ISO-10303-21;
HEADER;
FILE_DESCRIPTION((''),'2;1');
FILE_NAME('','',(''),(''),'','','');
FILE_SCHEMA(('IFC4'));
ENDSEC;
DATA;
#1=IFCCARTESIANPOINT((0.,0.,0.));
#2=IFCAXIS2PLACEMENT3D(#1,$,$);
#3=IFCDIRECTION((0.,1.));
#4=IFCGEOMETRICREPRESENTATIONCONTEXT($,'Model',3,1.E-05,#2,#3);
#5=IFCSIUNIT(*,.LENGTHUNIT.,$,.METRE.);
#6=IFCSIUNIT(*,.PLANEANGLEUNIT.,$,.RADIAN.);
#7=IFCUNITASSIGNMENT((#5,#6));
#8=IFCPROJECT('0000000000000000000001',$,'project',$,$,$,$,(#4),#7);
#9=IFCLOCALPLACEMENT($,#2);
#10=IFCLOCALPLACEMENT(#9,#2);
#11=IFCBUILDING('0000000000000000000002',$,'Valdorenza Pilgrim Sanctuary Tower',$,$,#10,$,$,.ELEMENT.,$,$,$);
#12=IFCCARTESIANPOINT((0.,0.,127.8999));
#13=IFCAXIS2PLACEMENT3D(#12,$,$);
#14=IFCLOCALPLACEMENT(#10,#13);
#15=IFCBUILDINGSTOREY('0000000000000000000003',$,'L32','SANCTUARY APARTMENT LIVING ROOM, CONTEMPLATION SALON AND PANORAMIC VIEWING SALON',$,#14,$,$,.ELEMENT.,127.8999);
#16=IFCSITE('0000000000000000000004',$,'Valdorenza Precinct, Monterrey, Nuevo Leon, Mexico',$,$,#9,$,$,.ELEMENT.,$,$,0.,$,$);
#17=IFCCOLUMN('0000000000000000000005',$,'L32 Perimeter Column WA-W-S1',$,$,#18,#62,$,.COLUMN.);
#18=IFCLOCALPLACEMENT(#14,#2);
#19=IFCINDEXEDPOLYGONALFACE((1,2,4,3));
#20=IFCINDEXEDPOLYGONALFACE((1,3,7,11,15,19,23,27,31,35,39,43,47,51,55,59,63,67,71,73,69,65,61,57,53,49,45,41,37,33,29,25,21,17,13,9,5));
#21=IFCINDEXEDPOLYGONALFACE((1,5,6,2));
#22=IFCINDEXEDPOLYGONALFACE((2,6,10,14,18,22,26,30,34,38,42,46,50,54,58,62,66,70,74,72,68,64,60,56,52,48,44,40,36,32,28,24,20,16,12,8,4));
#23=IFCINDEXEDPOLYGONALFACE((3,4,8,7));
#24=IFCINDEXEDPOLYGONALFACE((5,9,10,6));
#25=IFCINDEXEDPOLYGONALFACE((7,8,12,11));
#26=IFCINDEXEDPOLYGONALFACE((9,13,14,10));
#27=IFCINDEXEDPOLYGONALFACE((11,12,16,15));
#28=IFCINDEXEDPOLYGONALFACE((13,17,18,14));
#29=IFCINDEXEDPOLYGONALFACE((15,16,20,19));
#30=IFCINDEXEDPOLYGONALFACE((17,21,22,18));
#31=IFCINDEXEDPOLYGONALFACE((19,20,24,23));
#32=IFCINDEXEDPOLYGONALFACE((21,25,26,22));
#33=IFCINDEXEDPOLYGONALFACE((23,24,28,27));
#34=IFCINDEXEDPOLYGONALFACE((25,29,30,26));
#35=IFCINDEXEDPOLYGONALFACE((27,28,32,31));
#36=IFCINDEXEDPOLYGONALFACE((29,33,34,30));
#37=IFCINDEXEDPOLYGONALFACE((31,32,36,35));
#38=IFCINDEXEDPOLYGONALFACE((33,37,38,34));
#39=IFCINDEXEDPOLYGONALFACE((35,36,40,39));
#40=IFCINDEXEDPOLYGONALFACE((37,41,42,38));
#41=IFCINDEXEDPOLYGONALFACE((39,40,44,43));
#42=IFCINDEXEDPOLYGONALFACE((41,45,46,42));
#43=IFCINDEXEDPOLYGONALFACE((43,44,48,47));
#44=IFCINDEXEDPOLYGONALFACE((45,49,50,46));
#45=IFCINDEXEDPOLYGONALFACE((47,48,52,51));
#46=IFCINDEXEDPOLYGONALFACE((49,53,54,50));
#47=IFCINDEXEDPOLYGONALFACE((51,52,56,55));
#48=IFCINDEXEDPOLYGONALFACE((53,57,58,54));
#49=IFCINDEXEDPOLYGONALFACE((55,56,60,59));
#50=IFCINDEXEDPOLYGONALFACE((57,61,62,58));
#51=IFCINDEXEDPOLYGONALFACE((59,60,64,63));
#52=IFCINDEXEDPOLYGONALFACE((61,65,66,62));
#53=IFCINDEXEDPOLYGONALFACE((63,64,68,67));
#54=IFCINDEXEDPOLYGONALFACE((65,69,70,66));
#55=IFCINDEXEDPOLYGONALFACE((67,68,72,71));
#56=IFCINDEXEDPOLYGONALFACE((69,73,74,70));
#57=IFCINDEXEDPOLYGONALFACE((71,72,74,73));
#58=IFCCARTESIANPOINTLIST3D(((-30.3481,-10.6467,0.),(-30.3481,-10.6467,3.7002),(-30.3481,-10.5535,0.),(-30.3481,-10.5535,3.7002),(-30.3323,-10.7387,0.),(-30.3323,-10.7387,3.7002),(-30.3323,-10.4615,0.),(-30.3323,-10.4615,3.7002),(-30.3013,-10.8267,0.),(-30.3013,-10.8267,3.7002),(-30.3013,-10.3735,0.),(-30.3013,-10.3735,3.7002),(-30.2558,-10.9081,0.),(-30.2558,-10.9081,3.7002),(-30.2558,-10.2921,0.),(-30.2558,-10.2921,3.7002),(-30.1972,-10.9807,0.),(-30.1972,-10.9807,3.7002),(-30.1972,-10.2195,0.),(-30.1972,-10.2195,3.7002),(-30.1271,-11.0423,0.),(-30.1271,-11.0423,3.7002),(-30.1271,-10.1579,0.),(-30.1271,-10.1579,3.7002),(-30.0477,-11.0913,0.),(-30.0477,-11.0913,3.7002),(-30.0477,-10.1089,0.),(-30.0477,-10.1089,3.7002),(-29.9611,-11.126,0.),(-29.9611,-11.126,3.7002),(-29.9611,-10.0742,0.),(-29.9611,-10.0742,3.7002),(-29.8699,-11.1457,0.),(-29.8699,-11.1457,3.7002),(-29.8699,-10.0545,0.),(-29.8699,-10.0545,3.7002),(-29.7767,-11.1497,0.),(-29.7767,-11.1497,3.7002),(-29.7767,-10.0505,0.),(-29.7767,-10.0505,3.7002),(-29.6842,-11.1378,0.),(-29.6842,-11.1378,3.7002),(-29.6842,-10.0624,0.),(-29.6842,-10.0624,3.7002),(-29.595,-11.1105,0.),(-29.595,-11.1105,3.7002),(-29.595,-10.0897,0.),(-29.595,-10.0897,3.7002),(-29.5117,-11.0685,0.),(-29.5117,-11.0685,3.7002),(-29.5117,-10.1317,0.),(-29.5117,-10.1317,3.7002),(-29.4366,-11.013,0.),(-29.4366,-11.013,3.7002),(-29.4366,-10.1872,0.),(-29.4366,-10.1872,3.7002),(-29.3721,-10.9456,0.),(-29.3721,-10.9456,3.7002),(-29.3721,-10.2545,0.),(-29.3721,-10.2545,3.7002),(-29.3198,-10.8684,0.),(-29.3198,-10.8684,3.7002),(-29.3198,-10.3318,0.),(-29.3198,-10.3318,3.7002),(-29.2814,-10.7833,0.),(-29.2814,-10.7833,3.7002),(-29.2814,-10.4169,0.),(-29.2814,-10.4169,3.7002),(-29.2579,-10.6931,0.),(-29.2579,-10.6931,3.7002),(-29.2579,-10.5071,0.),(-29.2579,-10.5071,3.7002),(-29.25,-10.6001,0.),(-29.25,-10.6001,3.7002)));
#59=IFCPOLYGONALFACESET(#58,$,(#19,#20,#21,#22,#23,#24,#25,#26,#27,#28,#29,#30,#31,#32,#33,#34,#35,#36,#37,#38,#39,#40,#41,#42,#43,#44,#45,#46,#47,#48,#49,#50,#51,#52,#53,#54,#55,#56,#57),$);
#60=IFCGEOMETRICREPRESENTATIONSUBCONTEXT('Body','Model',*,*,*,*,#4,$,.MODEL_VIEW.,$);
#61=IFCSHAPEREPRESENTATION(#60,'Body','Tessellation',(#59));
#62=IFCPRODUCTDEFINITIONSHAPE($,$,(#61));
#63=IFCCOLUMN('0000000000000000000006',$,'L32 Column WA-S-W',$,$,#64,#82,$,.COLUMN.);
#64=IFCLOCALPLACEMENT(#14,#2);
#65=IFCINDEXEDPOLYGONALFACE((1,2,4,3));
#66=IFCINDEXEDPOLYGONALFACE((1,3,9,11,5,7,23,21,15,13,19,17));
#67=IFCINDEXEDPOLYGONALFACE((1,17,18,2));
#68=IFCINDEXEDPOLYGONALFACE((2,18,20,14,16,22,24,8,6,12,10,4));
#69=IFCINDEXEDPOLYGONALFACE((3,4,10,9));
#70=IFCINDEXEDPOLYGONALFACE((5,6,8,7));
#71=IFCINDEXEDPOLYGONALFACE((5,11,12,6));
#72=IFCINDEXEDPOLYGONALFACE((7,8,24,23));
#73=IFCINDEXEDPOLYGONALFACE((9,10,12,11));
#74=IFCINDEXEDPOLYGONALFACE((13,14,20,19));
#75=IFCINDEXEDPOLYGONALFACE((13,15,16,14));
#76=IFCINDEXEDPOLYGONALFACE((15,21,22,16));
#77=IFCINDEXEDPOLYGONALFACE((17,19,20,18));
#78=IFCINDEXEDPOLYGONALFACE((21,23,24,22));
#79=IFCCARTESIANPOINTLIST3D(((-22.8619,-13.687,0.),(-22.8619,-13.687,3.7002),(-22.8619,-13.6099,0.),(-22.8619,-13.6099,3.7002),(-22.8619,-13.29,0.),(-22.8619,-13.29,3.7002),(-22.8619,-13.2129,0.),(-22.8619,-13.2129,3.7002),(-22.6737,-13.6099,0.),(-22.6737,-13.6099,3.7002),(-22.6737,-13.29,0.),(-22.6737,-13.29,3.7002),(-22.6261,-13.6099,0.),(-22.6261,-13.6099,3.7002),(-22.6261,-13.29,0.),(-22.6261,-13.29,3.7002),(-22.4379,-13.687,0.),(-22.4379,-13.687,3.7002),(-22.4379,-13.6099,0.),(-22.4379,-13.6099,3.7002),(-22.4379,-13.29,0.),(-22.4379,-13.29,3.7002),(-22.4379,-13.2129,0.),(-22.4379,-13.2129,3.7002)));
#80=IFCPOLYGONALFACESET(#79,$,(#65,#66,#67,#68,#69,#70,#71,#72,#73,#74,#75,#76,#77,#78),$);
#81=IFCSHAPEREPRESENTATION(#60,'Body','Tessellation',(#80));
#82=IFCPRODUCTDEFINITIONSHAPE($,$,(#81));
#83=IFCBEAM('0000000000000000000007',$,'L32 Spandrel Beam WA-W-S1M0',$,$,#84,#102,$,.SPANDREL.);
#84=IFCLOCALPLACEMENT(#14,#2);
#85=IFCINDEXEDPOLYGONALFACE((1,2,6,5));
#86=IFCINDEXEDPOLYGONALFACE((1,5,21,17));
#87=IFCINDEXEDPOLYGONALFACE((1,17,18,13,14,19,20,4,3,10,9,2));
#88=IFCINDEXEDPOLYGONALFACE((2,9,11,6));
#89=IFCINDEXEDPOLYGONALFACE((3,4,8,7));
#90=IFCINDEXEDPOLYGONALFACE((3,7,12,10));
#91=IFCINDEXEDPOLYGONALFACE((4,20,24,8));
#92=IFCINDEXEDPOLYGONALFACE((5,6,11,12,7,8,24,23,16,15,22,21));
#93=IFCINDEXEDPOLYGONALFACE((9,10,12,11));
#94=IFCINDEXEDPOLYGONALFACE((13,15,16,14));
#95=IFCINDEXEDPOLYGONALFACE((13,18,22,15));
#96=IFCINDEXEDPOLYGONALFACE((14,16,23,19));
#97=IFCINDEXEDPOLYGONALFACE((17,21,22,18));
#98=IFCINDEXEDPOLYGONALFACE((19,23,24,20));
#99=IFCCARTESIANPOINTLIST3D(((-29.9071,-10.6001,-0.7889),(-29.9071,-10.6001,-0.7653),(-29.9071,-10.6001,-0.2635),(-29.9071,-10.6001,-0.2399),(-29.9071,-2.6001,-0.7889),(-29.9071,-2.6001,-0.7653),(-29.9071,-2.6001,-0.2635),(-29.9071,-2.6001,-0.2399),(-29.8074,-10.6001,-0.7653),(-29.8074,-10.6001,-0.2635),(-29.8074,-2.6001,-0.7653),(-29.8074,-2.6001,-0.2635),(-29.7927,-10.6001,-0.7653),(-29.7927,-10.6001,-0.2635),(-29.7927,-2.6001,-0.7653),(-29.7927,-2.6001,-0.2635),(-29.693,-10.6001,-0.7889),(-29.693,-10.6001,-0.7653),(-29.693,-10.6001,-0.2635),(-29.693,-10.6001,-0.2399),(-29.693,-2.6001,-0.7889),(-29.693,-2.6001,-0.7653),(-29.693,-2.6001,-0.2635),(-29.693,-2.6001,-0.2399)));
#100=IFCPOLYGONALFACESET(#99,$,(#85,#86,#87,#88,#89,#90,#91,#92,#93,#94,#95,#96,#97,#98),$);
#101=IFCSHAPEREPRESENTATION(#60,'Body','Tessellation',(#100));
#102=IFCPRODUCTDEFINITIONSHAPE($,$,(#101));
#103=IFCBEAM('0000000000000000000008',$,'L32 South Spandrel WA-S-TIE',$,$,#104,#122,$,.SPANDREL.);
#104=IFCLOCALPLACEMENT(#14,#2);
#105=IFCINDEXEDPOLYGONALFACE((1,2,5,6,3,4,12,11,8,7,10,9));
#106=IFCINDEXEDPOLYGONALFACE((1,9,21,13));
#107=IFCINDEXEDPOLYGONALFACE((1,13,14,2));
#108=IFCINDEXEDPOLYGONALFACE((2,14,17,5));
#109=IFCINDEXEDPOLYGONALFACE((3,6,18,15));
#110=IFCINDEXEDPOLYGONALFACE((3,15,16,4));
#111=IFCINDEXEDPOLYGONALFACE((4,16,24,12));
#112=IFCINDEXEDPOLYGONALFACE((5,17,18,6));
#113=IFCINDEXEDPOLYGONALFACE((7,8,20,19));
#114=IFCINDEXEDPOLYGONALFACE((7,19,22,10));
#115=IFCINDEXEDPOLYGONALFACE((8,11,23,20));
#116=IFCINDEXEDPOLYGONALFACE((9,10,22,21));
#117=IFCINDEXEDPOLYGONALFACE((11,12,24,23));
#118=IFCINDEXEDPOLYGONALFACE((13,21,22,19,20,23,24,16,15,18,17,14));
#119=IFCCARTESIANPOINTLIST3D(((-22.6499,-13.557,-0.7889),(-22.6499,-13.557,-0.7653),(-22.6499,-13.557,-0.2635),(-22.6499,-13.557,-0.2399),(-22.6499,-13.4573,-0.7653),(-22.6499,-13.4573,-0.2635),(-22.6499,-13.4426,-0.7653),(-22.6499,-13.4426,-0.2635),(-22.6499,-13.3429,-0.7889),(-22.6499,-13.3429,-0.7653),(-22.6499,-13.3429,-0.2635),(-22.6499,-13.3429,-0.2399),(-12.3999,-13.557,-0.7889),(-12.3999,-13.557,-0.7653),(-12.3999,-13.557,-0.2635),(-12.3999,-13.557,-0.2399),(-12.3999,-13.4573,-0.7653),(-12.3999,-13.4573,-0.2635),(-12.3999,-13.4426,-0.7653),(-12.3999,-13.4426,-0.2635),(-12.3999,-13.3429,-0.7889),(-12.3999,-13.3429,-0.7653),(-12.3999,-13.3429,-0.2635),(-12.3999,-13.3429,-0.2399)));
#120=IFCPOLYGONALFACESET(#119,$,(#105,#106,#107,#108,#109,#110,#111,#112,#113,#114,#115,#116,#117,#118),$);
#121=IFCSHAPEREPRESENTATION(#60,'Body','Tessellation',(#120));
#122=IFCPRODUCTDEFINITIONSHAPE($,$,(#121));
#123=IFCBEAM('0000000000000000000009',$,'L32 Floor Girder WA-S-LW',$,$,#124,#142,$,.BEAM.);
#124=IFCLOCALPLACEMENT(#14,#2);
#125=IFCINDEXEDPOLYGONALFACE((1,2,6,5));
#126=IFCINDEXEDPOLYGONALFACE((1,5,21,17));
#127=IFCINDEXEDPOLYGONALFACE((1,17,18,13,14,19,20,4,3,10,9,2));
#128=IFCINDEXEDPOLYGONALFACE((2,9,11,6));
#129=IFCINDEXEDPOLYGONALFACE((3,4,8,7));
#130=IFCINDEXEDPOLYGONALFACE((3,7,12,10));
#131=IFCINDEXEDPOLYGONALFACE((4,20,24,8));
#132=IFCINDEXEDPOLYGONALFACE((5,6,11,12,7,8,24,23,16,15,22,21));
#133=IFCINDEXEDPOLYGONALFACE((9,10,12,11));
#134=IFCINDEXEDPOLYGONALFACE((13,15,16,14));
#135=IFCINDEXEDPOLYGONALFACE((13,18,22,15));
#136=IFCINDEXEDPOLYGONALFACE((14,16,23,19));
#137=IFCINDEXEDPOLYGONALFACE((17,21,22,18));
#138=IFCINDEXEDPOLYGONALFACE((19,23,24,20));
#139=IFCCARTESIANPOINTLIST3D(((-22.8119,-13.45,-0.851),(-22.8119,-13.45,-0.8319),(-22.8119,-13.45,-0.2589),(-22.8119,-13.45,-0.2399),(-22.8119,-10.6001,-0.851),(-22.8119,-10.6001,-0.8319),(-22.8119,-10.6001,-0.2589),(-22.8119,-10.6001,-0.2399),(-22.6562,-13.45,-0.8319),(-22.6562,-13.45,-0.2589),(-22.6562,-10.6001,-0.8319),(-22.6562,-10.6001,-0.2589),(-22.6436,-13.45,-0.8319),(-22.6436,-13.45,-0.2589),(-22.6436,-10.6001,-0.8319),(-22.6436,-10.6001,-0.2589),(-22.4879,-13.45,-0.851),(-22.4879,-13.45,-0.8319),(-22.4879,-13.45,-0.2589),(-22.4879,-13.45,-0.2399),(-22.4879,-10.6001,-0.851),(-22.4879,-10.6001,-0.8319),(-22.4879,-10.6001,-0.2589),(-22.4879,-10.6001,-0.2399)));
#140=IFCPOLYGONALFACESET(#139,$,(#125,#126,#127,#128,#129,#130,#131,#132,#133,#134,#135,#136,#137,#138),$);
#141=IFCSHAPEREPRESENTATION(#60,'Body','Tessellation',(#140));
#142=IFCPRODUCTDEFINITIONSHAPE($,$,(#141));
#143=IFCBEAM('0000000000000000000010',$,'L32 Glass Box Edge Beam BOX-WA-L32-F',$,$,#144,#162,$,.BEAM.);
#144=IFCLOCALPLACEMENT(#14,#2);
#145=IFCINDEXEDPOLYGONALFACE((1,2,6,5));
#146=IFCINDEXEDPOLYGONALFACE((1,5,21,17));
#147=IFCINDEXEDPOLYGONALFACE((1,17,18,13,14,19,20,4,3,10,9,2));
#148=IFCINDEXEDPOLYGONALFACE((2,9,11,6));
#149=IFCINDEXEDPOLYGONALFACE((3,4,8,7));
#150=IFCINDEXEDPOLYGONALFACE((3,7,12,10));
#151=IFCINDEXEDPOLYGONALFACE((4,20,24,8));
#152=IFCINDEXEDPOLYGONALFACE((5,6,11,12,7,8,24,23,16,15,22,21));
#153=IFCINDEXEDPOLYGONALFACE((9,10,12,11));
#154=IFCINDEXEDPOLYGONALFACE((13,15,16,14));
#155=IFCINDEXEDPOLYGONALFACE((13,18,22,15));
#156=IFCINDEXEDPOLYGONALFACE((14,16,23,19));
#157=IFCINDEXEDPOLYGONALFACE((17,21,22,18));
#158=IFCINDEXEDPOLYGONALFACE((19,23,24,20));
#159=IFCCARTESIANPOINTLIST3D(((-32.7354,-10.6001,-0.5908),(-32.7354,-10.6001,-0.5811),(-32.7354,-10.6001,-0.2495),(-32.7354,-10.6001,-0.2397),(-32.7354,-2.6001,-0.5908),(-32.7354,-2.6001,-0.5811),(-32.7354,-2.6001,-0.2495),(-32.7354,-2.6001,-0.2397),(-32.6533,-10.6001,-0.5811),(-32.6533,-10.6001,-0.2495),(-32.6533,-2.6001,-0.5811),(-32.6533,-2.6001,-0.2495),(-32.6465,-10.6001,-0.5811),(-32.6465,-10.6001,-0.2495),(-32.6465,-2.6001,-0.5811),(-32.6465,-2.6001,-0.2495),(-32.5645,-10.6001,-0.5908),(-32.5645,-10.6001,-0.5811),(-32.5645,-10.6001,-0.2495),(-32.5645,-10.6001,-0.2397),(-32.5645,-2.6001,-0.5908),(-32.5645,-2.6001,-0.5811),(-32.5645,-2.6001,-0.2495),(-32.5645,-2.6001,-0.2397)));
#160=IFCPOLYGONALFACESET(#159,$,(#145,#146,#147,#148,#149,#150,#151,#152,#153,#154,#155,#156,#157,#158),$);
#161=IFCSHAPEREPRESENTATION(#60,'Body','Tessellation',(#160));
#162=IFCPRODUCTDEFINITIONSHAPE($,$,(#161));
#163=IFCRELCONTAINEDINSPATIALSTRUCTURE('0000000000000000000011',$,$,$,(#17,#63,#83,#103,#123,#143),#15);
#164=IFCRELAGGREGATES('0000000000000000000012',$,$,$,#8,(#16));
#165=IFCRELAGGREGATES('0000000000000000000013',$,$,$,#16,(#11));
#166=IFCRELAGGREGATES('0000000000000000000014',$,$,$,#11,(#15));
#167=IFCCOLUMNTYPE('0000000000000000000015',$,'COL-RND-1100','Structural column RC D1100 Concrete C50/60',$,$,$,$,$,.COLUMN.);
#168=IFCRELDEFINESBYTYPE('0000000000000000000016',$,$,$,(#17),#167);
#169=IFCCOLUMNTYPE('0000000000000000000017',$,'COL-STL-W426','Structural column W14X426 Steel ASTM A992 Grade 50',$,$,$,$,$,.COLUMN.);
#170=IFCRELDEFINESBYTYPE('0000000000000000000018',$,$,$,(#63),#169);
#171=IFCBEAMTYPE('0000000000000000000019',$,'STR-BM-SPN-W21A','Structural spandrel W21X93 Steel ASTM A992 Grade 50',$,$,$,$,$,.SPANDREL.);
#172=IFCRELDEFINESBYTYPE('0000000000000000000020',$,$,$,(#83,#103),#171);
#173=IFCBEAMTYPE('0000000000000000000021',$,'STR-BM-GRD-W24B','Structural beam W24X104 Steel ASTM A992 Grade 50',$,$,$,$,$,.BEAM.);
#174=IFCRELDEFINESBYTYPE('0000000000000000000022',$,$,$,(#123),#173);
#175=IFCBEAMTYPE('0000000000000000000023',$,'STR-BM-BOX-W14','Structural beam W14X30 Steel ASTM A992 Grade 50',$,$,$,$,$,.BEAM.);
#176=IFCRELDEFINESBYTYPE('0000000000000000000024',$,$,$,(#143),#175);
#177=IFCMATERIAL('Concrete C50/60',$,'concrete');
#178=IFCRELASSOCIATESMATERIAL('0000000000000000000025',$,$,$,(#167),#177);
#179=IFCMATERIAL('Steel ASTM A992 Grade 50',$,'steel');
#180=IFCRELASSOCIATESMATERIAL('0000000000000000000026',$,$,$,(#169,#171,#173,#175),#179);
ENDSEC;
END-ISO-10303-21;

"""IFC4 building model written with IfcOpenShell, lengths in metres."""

from ifc_helpers import new_model, si_unit, direction, frame, origin, origin_2d, place, context, subcontext, project, spatial, circle, i_section, extrude, source, transform, mapped, material, material_profile, profile_set, type_object, element, save


model = new_model("IFC4")

# Units and contexts
model_context = context("Model", 3, precision=1e-05, world=origin(), true_north=direction((0.0, 1.0)))
body_context = subcontext(model_context, "Body", "Model", "MODEL_VIEW")
ifc_project = project(units=[si_unit("LENGTHUNIT", "METRE"), si_unit("PLANEANGLEUNIT", "RADIAN")], contexts=[model_context])

# Site, building, storey
site_placement = place(None, origin())
site = spatial("IfcSite", under=ifc_project, at=site_placement, Name="Valdorenza Precinct, Monterrey, Nuevo Leon, Mexico", CompositionType="ELEMENT", RefElevation=0.0)
building_placement = place(site_placement, origin())
building = spatial("IfcBuilding", under=site, at=building_placement, Name="Valdorenza Pilgrim Sanctuary Tower", CompositionType="ELEMENT")
storey_placement = place(building_placement, frame((0.0, 0.0, 127.8999)))
storey = spatial("IfcBuildingStorey", under=building, at=storey_placement, Name="L32", Description="SANCTUARY APARTMENT LIVING ROOM, CONTEMPLATION SALON AND PANORAMIC VIEWING SALON", CompositionType="ELEMENT", Elevation=127.8999)

# Columns
ifc_material_1 = material(Name="Concrete C50/60", Category="concrete")
ifc_material_profile_1 = material_profile(ifc_material_1, circle(Radius=0.55, at=origin_2d()), Name="RC D1100")
ifc_profile_set_1 = profile_set([ifc_material_profile_1], Name="Concrete C50/60")
column_type_1 = type_object("IfcColumnType", Name="COL-RND-1100", Description="Structural column RC D1100 Concrete C50/60", PredefinedType="COLUMN", material=ifc_profile_set_1)
shared_shape_1 = source(origin(), body_context, "Body", "SweptSolid", [
    extrude(circle(Radius=0.55, at=origin_2d()), origin(), (0.0, 0.0, 1.0), 3.7002),
])
column_1_placement = place(storey_placement, frame((-29.8, -10.6001, 0.0), z_axis=(0.0, 0.0, 1.0), x_axis=(1.0, 0.0, 0.0)))
element("IfcColumn", 1, at=column_1_placement, inside=storey, type_object=column_type_1, Name="L32 Perimeter Column WA-W-S1", PredefinedType="COLUMN", context=body_context, shape_type="MappedRepresentation", body=[
    mapped(shared_shape_1, transform((0.0, 0.0, 0.0), x_axis=(1.0, 0.0, 0.0), y_axis=(0.0, 1.0, 0.0), z_axis=(0.0, 0.0, 1.0), scale=1.0)),
])
ifc_material_2 = material(Name="Steel ASTM A992 Grade 50", Category="steel")
ifc_material_profile_2 = material_profile(ifc_material_2, i_section(OverallWidth=0.4241, OverallDepth=0.4741, WebThickness=0.0476, FlangeThickness=0.0771, at=origin_2d()), Name="W14X426")
ifc_profile_set_2 = profile_set([ifc_material_profile_2], Name="Steel ASTM A992 Grade 50")
column_type_2 = type_object("IfcColumnType", Name="COL-STL-W426", Description="Structural column W14X426 Steel ASTM A992 Grade 50", PredefinedType="COLUMN", material=ifc_profile_set_2)
shared_shape_2 = source(origin(), body_context, "Body", "SweptSolid", [
    extrude(i_section(OverallWidth=0.4241, OverallDepth=0.4741, WebThickness=0.0476, FlangeThickness=0.0771, at=origin_2d()), origin(), (0.0, 0.0, 1.0), 3.7002),
])
column_2_placement = place(storey_placement, frame((-22.6499, -13.45, 0.0), z_axis=(0.0, 0.0, 1.0), x_axis=(1.0, 0.0, 0.0)))
element("IfcColumn", 2, at=column_2_placement, inside=storey, type_object=column_type_2, Name="L32 Column WA-S-W", PredefinedType="COLUMN", context=body_context, shape_type="MappedRepresentation", body=[
    mapped(shared_shape_2, transform((0.0, 0.0, 0.0), x_axis=(1.0, 0.0, 0.0), y_axis=(0.0, 1.0, 0.0), z_axis=(0.0, 0.0, 1.0), scale=1.0)),
])

# Beams
ifc_material_profile_3 = material_profile(ifc_material_2, i_section(OverallWidth=0.2141, OverallDepth=0.5491, WebThickness=0.0146, FlangeThickness=0.0237, at=origin_2d()), Name="W21X93")
ifc_profile_set_3 = profile_set([ifc_material_profile_3], Name="Steel ASTM A992 Grade 50")
beam_type_1 = type_object("IfcBeamType", Name="STR-BM-SPN-W21A", Description="Structural spandrel W21X93 Steel ASTM A992 Grade 50", PredefinedType="SPANDREL", material=ifc_profile_set_3)
shared_shape_3 = source(origin(), body_context, "Body", "SweptSolid", [
    extrude(i_section(OverallWidth=0.2141, OverallDepth=0.5491, WebThickness=0.0146, FlangeThickness=0.0237, at=origin_2d()), origin(), (0.0, 0.0, 1.0), 8.0),
])
beam_1_placement = place(storey_placement, frame((-29.8, -10.6001, -0.5144), z_axis=(0.0, 1.0, 0.0), x_axis=(-1.0, 0.0, 0.0)))
element("IfcBeam", 3, at=beam_1_placement, inside=storey, type_object=beam_type_1, Name="L32 Spandrel Beam WA-W-S1M0", PredefinedType="SPANDREL", context=body_context, shape_type="MappedRepresentation", body=[
    mapped(shared_shape_3, transform((0.0, 0.0, 0.0), x_axis=(1.0, 0.0, 0.0), y_axis=(0.0, 1.0, 0.0), z_axis=(0.0, 0.0, 1.0), scale=1.0)),
])
shared_shape_4 = source(origin(), body_context, "Body", "SweptSolid", [
    extrude(i_section(OverallWidth=0.2141, OverallDepth=0.5491, WebThickness=0.0146, FlangeThickness=0.0237, at=origin_2d()), origin(), (0.0, 0.0, 1.0), 10.25),
])
beam_2_placement = place(storey_placement, frame((-22.6499, -13.45, -0.5144), z_axis=(1.0, 0.0, 0.0), x_axis=(0.0, 1.0, 0.0)))
element("IfcBeam", 4, at=beam_2_placement, inside=storey, type_object=beam_type_1, Name="L32 South Spandrel WA-S-TIE", PredefinedType="SPANDREL", context=body_context, shape_type="MappedRepresentation", body=[
    mapped(shared_shape_4, transform((0.0, 0.0, 0.0), x_axis=(1.0, 0.0, 0.0), y_axis=(0.0, 1.0, 0.0), z_axis=(0.0, 0.0, 1.0), scale=1.0)),
])
ifc_material_profile_4 = material_profile(ifc_material_2, i_section(OverallWidth=0.324, OverallDepth=0.6111, WebThickness=0.0127, FlangeThickness=0.019, at=origin_2d()), Name="W24X104")
ifc_profile_set_4 = profile_set([ifc_material_profile_4], Name="Steel ASTM A992 Grade 50")
beam_type_2 = type_object("IfcBeamType", Name="STR-BM-GRD-W24B", Description="Structural beam W24X104 Steel ASTM A992 Grade 50", PredefinedType="BEAM", material=ifc_profile_set_4)
shared_shape_5 = source(origin(), body_context, "Body", "SweptSolid", [
    extrude(i_section(OverallWidth=0.324, OverallDepth=0.6111, WebThickness=0.0127, FlangeThickness=0.019, at=origin_2d()), origin(), (0.0, 0.0, 1.0), 2.8499),
])
beam_3_placement = place(storey_placement, frame((-22.6499, -13.45, -0.5454), z_axis=(0.0, 1.0, 0.0), x_axis=(-1.0, 0.0, 0.0)))
element("IfcBeam", 5, at=beam_3_placement, inside=storey, type_object=beam_type_2, Name="L32 Floor Girder WA-S-LW", PredefinedType="BEAM", context=body_context, shape_type="MappedRepresentation", body=[
    mapped(shared_shape_5, transform((0.0, 0.0, 0.0), x_axis=(1.0, 0.0, 0.0), y_axis=(0.0, 1.0, 0.0), z_axis=(0.0, 0.0, 1.0), scale=1.0)),
])
ifc_material_profile_5 = material_profile(ifc_material_2, i_section(OverallWidth=0.1709, OverallDepth=0.3511, WebThickness=0.0068, FlangeThickness=0.0098, at=origin_2d()), Name="W14X30")
ifc_profile_set_5 = profile_set([ifc_material_profile_5], Name="Steel ASTM A992 Grade 50")
beam_type_3 = type_object("IfcBeamType", Name="STR-BM-BOX-W14", Description="Structural beam W14X30 Steel ASTM A992 Grade 50", PredefinedType="BEAM", material=ifc_profile_set_5)
shared_shape_6 = source(origin(), body_context, "Body", "SweptSolid", [
    extrude(i_section(OverallWidth=0.1709, OverallDepth=0.3511, WebThickness=0.0068, FlangeThickness=0.0098, at=origin_2d()), origin(), (0.0, 0.0, 1.0), 8.0),
])
beam_4_placement = place(storey_placement, frame((-32.6499, -10.6001, -0.4153), z_axis=(0.0, 1.0, 0.0), x_axis=(-1.0, 0.0, 0.0)))
element("IfcBeam", 6, at=beam_4_placement, inside=storey, type_object=beam_type_3, Name="L32 Glass Box Edge Beam BOX-WA-L32-F", PredefinedType="BEAM", context=body_context, shape_type="MappedRepresentation", body=[
    mapped(shared_shape_6, transform((0.0, 0.0, 0.0), x_axis=(1.0, 0.0, 0.0), y_axis=(0.0, 1.0, 0.0), z_axis=(0.0, 0.0, 1.0), scale=1.0)),
])

save(model, "model.ifc")
